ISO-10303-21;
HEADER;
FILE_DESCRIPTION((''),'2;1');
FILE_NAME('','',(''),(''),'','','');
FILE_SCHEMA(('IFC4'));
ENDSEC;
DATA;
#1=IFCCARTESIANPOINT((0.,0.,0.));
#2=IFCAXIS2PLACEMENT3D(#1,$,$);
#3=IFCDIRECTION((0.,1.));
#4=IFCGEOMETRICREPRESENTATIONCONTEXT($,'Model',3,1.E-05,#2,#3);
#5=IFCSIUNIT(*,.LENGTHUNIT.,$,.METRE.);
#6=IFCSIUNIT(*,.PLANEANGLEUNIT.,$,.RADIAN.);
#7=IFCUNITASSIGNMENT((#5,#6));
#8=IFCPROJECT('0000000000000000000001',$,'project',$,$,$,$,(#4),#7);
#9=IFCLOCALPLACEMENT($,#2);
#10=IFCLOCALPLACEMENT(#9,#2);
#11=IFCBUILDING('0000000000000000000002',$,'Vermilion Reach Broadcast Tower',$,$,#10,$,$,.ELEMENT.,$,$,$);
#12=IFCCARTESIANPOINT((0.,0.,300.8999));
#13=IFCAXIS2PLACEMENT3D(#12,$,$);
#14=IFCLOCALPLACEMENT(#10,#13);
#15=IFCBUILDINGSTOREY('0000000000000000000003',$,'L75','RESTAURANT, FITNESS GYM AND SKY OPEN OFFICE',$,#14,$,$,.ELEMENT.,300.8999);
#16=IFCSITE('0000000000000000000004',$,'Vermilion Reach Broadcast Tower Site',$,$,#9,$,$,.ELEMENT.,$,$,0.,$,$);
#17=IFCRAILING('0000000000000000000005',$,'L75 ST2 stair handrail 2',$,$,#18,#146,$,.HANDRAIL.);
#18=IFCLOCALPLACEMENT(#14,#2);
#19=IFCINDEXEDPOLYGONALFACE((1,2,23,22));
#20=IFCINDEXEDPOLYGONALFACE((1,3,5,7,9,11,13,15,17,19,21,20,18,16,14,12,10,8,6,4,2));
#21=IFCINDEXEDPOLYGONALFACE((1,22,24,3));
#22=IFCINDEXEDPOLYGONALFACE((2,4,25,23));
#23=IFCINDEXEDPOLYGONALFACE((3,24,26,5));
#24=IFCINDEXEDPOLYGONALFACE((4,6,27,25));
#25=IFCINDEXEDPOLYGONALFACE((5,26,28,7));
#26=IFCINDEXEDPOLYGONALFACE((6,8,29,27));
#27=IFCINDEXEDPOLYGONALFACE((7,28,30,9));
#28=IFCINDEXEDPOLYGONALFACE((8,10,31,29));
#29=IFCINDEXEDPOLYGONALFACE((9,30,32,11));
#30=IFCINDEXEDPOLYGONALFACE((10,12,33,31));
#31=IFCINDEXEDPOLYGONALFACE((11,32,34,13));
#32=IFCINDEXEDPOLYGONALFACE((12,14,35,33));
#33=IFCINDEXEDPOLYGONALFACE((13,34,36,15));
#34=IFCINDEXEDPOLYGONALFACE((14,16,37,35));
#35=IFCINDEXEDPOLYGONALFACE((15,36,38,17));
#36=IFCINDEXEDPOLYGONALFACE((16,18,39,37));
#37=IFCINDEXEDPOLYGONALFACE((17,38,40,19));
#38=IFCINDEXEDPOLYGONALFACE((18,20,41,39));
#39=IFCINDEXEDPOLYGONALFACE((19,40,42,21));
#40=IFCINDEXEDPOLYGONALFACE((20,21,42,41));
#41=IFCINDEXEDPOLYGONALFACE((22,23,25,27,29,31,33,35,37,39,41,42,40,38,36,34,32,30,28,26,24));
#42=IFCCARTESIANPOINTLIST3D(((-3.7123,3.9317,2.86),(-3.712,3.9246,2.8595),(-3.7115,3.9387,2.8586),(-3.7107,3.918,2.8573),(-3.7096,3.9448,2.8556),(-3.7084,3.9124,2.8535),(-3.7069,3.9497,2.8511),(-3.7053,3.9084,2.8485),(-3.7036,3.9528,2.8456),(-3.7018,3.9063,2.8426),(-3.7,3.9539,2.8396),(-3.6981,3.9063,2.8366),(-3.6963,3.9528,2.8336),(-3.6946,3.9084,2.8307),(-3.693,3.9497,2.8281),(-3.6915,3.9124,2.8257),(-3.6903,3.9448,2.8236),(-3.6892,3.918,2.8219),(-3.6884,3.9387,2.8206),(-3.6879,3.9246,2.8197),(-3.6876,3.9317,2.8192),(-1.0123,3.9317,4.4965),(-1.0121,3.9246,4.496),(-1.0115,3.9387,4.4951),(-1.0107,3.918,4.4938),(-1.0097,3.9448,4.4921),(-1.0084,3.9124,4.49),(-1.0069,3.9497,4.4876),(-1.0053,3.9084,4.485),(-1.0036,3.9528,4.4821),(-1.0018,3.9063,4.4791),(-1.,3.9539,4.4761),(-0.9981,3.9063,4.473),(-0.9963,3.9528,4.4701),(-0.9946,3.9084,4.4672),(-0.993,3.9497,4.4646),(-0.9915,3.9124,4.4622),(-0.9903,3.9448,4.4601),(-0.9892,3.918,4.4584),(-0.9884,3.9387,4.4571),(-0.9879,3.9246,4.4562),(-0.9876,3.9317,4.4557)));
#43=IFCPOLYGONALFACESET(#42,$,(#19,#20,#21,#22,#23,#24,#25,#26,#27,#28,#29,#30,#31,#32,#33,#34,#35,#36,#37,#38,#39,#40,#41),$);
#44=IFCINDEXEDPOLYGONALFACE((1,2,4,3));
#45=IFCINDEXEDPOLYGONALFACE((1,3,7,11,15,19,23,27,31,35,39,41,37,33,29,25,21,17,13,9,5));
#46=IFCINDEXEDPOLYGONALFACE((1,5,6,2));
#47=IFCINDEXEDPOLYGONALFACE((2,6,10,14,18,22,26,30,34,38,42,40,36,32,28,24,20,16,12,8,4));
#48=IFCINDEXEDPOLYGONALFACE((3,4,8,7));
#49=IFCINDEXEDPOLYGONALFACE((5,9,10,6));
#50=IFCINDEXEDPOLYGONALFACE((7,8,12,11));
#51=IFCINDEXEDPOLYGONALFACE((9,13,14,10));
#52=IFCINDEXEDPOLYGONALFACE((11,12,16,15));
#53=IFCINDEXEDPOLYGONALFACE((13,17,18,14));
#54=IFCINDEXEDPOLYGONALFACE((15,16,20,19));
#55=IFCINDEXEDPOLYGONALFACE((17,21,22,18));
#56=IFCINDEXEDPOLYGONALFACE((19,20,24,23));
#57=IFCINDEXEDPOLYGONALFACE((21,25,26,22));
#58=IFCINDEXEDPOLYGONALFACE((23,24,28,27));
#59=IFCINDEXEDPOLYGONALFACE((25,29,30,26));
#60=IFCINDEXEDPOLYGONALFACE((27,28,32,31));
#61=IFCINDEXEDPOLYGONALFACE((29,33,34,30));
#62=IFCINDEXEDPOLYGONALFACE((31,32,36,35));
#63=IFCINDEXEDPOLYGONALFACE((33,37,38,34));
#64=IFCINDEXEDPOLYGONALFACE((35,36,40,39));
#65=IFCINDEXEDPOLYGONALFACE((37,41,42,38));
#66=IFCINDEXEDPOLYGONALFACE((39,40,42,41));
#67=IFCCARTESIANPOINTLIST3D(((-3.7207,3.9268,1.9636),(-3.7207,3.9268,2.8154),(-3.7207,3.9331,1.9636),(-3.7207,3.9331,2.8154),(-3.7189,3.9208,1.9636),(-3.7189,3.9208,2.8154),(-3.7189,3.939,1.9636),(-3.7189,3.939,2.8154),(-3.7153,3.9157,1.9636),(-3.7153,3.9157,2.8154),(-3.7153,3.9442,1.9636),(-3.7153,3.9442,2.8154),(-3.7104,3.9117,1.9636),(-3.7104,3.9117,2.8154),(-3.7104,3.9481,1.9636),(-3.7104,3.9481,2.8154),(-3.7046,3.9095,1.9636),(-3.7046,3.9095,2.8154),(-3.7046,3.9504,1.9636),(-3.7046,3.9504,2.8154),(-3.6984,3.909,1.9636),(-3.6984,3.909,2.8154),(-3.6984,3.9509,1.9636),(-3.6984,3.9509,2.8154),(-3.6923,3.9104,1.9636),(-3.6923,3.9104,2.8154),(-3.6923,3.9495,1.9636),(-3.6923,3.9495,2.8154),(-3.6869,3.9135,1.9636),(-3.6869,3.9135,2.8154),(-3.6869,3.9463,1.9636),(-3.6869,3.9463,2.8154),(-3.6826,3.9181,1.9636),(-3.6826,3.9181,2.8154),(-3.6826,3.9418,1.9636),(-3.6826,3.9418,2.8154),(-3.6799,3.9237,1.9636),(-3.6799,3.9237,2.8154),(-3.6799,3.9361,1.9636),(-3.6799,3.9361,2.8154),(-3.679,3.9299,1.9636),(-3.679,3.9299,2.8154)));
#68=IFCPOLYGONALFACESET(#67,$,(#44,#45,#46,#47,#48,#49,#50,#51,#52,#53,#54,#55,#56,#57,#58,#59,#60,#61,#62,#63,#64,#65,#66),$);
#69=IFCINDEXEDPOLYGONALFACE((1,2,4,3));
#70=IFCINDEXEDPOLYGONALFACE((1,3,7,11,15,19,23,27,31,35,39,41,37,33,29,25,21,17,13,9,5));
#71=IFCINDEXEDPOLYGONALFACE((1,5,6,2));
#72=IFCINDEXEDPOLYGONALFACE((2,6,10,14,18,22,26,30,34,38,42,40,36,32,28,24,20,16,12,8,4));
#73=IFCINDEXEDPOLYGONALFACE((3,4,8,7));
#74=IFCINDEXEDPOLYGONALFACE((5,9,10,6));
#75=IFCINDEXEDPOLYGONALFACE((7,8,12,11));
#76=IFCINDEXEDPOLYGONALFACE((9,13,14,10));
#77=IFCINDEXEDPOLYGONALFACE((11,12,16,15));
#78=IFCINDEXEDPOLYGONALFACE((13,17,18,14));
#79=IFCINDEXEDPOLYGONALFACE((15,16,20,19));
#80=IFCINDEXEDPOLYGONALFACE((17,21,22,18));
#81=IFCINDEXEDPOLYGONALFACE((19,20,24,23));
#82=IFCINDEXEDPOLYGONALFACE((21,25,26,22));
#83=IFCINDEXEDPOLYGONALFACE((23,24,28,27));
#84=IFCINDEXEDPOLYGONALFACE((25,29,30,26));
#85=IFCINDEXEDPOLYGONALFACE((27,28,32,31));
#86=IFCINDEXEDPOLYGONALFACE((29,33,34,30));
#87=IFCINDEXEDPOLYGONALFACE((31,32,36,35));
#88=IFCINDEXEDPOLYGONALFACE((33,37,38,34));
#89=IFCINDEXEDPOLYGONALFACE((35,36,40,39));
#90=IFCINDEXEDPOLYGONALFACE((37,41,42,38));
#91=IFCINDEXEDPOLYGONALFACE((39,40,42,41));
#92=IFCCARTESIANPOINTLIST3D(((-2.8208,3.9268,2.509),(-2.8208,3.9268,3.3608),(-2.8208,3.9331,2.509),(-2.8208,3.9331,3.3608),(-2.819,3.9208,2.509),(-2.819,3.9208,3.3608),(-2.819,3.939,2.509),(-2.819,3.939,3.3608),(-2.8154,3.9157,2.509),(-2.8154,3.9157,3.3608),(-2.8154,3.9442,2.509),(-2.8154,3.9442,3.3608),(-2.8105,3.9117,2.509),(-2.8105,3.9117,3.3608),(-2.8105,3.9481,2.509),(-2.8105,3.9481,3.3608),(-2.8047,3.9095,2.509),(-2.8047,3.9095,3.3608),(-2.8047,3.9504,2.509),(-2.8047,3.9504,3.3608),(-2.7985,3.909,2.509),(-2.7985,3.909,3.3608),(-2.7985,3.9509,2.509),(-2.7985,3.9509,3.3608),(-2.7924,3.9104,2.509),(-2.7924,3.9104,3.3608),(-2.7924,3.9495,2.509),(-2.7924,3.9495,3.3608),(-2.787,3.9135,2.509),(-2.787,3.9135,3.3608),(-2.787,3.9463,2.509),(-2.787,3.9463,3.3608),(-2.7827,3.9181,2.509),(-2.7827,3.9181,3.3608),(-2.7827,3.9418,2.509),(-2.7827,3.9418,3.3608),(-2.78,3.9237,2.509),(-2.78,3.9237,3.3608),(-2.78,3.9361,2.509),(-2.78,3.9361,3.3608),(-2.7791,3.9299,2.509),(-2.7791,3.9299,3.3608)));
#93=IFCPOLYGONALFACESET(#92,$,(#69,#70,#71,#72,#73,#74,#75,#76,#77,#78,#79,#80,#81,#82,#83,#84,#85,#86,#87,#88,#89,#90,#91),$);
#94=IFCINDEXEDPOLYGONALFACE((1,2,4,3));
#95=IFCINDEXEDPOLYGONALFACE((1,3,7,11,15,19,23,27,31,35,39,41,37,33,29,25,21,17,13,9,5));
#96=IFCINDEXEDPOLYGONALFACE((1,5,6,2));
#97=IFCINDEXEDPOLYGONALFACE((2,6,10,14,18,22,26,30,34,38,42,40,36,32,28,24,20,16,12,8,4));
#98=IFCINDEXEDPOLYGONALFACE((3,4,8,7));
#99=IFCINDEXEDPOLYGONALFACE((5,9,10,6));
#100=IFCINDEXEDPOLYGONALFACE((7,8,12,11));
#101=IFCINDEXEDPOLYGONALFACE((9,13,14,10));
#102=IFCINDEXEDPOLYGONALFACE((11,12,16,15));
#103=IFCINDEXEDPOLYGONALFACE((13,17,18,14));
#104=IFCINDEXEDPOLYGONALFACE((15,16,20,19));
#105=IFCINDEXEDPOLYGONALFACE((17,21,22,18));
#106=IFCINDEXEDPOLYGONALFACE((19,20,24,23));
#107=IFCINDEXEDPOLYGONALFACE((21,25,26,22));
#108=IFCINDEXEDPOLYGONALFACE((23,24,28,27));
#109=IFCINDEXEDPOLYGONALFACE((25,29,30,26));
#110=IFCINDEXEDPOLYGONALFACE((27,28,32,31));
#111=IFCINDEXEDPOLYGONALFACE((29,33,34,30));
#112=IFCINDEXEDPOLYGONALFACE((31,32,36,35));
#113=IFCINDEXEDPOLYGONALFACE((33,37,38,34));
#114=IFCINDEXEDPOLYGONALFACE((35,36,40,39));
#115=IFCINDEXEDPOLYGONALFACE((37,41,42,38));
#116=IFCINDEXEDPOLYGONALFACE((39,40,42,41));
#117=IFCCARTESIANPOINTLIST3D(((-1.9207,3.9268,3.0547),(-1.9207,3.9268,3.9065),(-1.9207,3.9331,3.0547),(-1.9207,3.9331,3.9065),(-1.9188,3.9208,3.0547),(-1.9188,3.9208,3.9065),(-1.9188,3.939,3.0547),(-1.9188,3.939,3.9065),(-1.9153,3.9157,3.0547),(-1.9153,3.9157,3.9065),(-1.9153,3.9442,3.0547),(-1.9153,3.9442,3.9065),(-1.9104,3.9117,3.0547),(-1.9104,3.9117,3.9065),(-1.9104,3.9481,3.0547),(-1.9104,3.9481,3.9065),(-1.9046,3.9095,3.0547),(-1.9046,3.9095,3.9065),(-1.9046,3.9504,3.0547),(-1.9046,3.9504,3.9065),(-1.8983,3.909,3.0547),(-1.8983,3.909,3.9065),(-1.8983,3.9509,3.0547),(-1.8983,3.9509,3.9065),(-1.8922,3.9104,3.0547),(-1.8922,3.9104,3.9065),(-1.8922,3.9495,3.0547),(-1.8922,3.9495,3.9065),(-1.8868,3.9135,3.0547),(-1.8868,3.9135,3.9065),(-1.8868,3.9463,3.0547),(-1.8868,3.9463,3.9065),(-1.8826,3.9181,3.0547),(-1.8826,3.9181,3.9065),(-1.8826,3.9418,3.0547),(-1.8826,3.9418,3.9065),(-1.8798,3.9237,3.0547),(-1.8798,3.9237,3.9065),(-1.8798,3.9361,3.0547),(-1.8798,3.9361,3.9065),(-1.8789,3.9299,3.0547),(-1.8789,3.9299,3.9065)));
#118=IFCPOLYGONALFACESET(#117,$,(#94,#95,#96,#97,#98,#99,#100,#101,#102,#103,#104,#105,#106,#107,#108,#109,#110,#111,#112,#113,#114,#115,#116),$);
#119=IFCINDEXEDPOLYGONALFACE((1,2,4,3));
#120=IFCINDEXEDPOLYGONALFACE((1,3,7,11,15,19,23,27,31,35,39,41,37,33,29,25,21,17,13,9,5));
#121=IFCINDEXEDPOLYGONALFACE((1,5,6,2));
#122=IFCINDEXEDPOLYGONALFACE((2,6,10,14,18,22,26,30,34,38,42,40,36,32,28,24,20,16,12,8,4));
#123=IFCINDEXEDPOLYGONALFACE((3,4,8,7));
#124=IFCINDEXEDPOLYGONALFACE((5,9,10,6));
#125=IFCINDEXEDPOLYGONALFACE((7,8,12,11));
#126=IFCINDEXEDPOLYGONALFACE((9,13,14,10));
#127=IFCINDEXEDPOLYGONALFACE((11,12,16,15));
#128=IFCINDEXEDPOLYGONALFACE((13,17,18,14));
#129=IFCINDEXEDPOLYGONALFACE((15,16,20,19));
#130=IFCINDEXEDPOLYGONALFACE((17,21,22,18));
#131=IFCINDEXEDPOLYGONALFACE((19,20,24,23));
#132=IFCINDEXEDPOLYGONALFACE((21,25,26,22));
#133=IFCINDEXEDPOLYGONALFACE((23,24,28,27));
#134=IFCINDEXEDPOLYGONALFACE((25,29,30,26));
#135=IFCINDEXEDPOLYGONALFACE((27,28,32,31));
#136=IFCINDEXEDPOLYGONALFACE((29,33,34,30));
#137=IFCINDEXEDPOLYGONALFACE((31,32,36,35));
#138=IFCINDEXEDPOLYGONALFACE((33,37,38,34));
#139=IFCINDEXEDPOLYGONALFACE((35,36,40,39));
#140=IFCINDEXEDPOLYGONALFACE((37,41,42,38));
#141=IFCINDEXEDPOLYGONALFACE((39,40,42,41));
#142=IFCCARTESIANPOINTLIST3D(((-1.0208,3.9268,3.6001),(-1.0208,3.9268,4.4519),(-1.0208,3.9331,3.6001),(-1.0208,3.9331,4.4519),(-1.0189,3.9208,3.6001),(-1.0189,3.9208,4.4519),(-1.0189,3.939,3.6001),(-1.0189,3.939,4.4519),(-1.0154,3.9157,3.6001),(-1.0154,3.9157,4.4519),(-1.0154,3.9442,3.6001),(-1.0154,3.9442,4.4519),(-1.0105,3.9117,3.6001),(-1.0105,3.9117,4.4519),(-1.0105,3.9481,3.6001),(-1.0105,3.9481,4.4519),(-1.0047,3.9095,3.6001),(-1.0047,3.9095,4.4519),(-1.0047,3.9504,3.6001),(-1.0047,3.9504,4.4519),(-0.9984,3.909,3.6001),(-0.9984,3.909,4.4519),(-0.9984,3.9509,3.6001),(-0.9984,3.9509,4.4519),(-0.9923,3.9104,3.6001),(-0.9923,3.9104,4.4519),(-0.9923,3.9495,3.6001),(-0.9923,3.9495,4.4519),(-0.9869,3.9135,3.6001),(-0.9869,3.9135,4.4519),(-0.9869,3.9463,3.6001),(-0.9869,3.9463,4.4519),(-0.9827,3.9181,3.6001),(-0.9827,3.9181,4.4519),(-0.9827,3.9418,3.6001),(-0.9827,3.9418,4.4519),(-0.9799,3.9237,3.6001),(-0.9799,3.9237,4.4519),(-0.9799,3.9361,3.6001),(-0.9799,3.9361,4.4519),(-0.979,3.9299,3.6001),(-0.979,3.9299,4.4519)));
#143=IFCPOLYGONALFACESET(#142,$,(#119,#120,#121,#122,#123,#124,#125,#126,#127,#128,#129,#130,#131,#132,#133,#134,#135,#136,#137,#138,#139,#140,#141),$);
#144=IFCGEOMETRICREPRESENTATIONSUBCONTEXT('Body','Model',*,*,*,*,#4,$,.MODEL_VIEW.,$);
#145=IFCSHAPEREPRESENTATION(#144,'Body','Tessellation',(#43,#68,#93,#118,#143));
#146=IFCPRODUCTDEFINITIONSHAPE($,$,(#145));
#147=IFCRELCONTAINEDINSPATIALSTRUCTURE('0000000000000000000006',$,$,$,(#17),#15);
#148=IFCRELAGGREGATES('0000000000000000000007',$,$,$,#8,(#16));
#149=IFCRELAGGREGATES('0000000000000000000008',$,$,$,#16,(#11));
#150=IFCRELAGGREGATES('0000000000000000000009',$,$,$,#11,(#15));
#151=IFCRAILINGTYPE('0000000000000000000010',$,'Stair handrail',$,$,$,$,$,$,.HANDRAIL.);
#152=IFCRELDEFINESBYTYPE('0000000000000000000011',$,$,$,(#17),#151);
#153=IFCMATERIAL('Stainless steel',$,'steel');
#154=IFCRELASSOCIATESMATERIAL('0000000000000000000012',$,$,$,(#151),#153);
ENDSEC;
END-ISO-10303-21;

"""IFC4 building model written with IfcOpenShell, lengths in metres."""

from ifc_helpers import new_model, si_unit, direction, frame, origin, origin_2d, place, context, subcontext, project, spatial, circle, extrude, material, type_object, element, save


model = new_model("IFC4")

# Units and contexts
model_context = context("Model", 3, precision=1e-05, world=origin(), true_north=direction((0.0, 1.0)))
body_context = subcontext(model_context, "Body", "Model", "MODEL_VIEW")
ifc_project = project(units=[si_unit("LENGTHUNIT", "METRE"), si_unit("PLANEANGLEUNIT", "RADIAN")], contexts=[model_context])

# Site, building, storey
site_placement = place(None, origin())
site = spatial("IfcSite", under=ifc_project, at=site_placement, Name="Vermilion Reach Broadcast Tower Site", CompositionType="ELEMENT", RefElevation=0.0)
building_placement = place(site_placement, origin())
building = spatial("IfcBuilding", under=site, at=building_placement, Name="Vermilion Reach Broadcast Tower", CompositionType="ELEMENT")
storey_placement = place(building_placement, frame((0.0, 0.0, 300.8999)))
storey = spatial("IfcBuildingStorey", under=building, at=storey_placement, Name="L75", Description="RESTAURANT, FITNESS GYM AND SKY OPEN OFFICE", CompositionType="ELEMENT", Elevation=300.8999)

# Railing
ifc_material_1 = material(Name="Stainless steel", Category="steel")
railing_type_1 = type_object("IfcRailingType", Name="Stair handrail", PredefinedType="HANDRAIL", material=ifc_material_1)
railing_1_placement = place(storey_placement, frame((-3.7, 3.9299, 1.9636)))
element("IfcRailing", 1, at=railing_1_placement, inside=storey, type_object=railing_type_1, Name="L75 ST2 stair handrail 2", PredefinedType="HANDRAIL", context=body_context, shape_type="SweptSolid", body=[
    extrude(circle(Radius=0.0239, at=origin_2d()), frame((0.0, 0.0, 0.876), z_axis=(0.855178, 0.0, 0.518334), x_axis=(0.0, 1.0, 0.0)), (0.0, 0.0, 1.0), 3.1572),
    extrude(circle(Radius=0.021, at=origin_2d()), origin(), (0.0, 0.0, 1.0), 0.8518),
    extrude(circle(Radius=0.021, at=origin_2d()), frame((0.8999, 0.0, 0.5454)), (0.0, 0.0, 1.0), 0.8518),
    extrude(circle(Radius=0.021, at=origin_2d()), frame((1.8, 0.0, 1.0911)), (0.0, 0.0, 1.0), 0.8518),
    extrude(circle(Radius=0.021, at=origin_2d()), frame((2.7, 0.0, 1.6365)), (0.0, 0.0, 1.0), 0.8518),
])

save(model, "model.ifc")
